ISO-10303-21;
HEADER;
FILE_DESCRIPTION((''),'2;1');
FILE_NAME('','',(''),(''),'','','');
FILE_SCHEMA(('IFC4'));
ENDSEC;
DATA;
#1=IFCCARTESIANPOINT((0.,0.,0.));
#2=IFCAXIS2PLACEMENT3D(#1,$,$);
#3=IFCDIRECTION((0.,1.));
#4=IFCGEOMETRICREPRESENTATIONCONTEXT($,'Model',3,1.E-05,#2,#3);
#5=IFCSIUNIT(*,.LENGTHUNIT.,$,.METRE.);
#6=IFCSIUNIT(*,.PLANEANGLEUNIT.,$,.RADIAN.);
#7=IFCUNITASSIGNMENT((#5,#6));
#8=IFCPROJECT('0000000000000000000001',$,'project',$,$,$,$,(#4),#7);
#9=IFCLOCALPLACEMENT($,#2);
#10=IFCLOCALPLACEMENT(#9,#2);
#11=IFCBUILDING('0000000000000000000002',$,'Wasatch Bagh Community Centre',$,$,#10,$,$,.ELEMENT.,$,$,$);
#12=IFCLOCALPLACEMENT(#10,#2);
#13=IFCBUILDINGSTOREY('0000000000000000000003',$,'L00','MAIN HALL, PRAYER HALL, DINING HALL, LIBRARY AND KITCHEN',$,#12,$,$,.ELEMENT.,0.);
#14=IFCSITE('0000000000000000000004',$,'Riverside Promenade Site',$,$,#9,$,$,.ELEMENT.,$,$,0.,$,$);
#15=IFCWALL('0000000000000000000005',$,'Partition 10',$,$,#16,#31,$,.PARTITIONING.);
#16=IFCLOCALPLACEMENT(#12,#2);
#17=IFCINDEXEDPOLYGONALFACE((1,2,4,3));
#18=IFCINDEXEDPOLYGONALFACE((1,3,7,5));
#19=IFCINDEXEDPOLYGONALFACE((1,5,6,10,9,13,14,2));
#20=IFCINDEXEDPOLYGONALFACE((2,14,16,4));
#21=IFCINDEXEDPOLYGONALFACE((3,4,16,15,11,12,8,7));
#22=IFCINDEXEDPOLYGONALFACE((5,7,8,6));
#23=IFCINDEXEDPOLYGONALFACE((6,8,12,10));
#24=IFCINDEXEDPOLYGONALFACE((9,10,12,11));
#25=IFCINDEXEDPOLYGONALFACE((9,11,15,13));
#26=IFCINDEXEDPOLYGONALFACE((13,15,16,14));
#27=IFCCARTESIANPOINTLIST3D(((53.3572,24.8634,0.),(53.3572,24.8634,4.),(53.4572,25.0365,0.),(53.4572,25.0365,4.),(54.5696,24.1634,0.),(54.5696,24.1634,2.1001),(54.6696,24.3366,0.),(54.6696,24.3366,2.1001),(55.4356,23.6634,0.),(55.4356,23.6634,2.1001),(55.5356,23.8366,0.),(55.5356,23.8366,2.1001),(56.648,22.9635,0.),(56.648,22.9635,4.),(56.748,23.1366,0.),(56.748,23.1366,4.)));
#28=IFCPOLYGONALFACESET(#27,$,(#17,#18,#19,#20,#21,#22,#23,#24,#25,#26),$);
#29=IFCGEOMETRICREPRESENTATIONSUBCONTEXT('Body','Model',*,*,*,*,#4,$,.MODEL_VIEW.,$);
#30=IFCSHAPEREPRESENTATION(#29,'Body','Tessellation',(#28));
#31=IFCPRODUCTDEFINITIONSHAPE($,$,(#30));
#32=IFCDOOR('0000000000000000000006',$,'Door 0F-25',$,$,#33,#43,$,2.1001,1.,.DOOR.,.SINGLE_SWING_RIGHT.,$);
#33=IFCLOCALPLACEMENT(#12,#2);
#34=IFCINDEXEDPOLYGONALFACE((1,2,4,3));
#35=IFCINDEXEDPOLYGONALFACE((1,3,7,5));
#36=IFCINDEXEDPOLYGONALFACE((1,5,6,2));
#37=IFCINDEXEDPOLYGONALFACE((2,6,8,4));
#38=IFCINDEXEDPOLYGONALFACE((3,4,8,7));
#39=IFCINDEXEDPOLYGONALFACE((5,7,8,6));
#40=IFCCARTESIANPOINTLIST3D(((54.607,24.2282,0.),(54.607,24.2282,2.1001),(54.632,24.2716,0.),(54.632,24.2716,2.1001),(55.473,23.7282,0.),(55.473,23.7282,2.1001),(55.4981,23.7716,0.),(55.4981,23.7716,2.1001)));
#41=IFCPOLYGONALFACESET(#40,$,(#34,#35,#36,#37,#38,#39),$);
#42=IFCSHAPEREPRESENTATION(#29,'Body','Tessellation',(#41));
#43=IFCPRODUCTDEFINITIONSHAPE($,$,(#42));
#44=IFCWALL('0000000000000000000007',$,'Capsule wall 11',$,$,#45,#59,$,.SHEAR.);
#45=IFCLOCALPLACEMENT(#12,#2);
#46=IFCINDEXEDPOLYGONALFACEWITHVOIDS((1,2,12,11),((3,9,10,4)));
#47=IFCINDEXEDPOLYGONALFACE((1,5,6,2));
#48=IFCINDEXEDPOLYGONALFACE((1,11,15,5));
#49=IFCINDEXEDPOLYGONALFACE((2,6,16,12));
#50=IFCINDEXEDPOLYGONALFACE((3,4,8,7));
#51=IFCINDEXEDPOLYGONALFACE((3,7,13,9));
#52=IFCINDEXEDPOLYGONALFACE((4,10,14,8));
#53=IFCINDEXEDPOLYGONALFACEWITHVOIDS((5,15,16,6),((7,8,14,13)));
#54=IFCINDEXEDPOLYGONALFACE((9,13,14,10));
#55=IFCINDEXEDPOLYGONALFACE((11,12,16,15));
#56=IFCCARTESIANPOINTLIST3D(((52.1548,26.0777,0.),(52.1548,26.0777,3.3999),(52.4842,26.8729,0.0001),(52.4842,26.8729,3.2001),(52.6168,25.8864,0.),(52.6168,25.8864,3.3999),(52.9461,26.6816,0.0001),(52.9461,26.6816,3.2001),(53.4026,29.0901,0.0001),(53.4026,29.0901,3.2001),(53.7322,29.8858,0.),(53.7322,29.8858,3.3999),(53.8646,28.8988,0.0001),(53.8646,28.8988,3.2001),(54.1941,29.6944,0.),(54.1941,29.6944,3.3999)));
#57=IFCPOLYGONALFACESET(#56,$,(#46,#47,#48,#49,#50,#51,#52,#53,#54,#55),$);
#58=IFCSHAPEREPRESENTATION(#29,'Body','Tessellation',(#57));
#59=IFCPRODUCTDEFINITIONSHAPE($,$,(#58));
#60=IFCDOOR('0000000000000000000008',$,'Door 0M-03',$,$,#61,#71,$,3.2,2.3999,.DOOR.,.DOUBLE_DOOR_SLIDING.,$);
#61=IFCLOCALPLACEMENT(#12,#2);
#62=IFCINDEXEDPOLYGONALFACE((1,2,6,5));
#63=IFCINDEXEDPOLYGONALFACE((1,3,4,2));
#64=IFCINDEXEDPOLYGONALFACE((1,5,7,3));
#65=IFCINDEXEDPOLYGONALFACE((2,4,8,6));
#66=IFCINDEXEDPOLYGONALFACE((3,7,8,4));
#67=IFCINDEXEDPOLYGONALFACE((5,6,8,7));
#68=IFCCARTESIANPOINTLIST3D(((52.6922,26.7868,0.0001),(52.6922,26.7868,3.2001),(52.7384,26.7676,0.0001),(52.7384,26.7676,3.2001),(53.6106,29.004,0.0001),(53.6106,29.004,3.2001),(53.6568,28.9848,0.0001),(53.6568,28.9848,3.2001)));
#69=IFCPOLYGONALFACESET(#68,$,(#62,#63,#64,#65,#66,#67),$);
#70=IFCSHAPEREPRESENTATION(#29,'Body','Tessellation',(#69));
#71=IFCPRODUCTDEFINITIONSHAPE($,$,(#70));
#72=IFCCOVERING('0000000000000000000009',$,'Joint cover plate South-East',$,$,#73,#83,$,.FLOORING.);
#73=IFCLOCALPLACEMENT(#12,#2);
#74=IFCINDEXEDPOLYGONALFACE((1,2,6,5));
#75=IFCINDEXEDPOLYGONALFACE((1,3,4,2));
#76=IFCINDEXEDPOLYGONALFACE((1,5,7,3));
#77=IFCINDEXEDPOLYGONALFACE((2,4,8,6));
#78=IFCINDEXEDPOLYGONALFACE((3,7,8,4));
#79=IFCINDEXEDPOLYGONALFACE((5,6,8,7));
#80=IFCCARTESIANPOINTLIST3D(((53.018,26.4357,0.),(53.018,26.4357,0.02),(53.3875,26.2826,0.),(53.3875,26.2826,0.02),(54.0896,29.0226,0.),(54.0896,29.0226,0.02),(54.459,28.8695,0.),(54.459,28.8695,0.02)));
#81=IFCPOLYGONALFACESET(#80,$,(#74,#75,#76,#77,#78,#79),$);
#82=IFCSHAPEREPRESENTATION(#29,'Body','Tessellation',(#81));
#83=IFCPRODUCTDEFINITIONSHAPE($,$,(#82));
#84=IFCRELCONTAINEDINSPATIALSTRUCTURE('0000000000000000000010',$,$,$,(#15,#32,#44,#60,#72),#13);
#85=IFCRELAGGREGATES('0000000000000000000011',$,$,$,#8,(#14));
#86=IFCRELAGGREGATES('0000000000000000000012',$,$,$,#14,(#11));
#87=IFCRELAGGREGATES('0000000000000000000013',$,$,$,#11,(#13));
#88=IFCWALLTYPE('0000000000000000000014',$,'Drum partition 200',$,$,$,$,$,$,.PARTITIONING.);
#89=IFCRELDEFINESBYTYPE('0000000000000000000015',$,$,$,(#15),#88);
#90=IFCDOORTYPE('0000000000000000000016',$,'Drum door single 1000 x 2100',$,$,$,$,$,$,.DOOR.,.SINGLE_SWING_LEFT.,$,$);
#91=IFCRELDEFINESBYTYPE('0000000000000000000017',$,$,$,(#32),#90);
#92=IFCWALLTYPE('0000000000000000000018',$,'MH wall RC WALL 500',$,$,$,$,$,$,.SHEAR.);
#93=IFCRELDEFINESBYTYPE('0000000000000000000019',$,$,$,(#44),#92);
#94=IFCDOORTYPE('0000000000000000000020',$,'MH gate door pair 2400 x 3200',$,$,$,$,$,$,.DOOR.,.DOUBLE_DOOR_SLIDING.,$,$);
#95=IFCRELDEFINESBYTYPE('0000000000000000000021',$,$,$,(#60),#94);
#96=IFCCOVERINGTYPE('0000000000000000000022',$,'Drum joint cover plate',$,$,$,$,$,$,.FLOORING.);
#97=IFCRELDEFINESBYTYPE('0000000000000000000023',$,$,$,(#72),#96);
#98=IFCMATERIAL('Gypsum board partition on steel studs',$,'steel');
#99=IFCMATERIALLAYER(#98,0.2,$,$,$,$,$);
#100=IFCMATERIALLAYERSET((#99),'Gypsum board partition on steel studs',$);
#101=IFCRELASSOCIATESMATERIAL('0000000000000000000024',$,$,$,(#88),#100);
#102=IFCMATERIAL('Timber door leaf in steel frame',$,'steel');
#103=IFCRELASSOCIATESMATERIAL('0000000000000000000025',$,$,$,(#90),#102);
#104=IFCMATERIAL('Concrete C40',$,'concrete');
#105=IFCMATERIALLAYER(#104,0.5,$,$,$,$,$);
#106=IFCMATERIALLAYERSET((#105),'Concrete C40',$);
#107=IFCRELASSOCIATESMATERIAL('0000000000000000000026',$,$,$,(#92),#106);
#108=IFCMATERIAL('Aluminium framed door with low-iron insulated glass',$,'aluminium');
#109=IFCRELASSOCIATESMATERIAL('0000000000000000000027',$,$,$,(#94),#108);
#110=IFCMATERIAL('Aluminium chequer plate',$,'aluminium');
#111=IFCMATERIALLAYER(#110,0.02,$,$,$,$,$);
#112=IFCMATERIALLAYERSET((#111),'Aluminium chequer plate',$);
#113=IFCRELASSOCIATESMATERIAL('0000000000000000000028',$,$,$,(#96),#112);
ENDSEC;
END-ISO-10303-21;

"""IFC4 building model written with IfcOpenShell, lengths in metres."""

from ifc_helpers import new_model, si_unit, direction, frame, frame_2d, origin, origin_2d, place, context, subcontext, project, spatial, rectangle, extrude, material, layer, layer_set, type_object, element, fill, save


model = new_model("IFC4")

# Units and contexts
model_context = context("Model", 3, precision=1e-05, world=origin(), true_north=direction((0.0, 1.0)))
body_context = subcontext(model_context, "Body", "Model", "MODEL_VIEW")
ifc_project = project(units=[si_unit("LENGTHUNIT", "METRE"), si_unit("PLANEANGLEUNIT", "RADIAN")], contexts=[model_context])

# Site, building, storey
site_placement = place(None, origin())
site = spatial("IfcSite", under=ifc_project, at=site_placement, Name="Riverside Promenade Site", CompositionType="ELEMENT", RefElevation=0.0)
building_placement = place(site_placement, origin())
building = spatial("IfcBuilding", under=site, at=building_placement, Name="Wasatch Bagh Community Centre", CompositionType="ELEMENT")
storey_placement = place(building_placement, origin())
storey = spatial("IfcBuildingStorey", under=building, at=storey_placement, Name="L00", Description="MAIN HALL, PRAYER HALL, DINING HALL, LIBRARY AND KITCHEN", CompositionType="ELEMENT", Elevation=0.0)

# Shared definitions
ifc_material_1 = material(Name="Concrete C40", Category="concrete")

# Walls, openings, doors
ifc_material_2 = material(Name="Aluminium framed door with low-iron insulated glass", Category="aluminium")
ifc_material_3 = material(Name="Gypsum board partition on steel studs", Category="steel")
ifc_layer_1 = layer(ifc_material_3, 0.2)
ifc_layer_set_1 = layer_set([ifc_layer_1], Name="Gypsum board partition on steel studs")
wall_type_1 = type_object("IfcWallType", Name="Drum partition 200", PredefinedType="PARTITIONING", material=ifc_layer_set_1)
wall_1_placement = place(storey_placement, frame((53.4072, 24.95, 0.0), z_axis=(0.0, 0.0, 1.0), x_axis=(0.866028, -0.499995, 0.0)))
wall_1 = element("IfcWall", 1, at=wall_1_placement, inside=storey, type_object=wall_type_1, Name="Partition 10", PredefinedType="PARTITIONING", context=body_context, shape_type="SweptSolid", body=[
    extrude(rectangle(XDim=3.7998, YDim=0.2, at=frame_2d((1.8999, 0.0))), origin(), (0.0, 0.0, 1.0), 4.0),
])
opening_1_placement = place(wall_1_placement, frame((1.3999, 0.0, 0.0)))
opening_1 = element("IfcOpeningElement", 2, at=opening_1_placement, cuts=wall_1, PredefinedType="OPENING", context=body_context, shape_type="SweptSolid", body=[
    extrude(rectangle(XDim=1.0, YDim=2.1001, at=frame_2d((0.5, 1.05))), frame((0.0, 0.1099, 0.0), z_axis=(0.0, -1.0, 0.0), x_axis=(1.0, 0.0, 0.0)), (0.0, 0.0, 1.0), 0.22),
])
ifc_material_4 = material(Name="Timber door leaf in steel frame", Category="steel")
door_type_1 = type_object("IfcDoorType", Name="Drum door single 1000 x 2100", OperationType="SINGLE_SWING_LEFT", PredefinedType="DOOR", material=ifc_material_4)
door_1_placement = place(opening_1_placement, origin())
door_1 = element("IfcDoor", 3, at=door_1_placement, inside=storey, type_object=door_type_1, Name="Door 0F-25", OperationType="SINGLE_SWING_RIGHT", OverallHeight=2.1001, OverallWidth=1.0, PredefinedType="DOOR", context=body_context, shape_type="SweptSolid", body=[
    extrude(rectangle(XDim=1.0, YDim=2.1001, at=frame_2d((0.5, 1.05))), frame((0.0, 0.0249, 0.0), z_axis=(0.0, -1.0, 0.0), x_axis=(1.0, 0.0, 0.0)), (0.0, 0.0, 1.0), 0.05),
])
fill(opening_1, door_1)
ifc_layer_2 = layer(ifc_material_1, 0.5)
ifc_layer_set_2 = layer_set([ifc_layer_2], Name="Concrete C40")
wall_type_2 = type_object("IfcWallType", Name="MH wall RC WALL 500", PredefinedType="SHEAR", material=ifc_layer_set_2)
wall_2_placement = place(storey_placement, frame((52.3857, 25.9819, 0.0), z_axis=(0.0, 0.0, 1.0), x_axis=(0.382688, 0.923878, 0.0)))
wall_2 = element("IfcWall", 4, at=wall_2_placement, inside=storey, type_object=wall_type_2, Name="Capsule wall 11", PredefinedType="SHEAR", context=body_context, shape_type="SweptSolid", body=[
    extrude(rectangle(XDim=4.1218, YDim=0.5, at=frame_2d((2.061, 0.0))), origin(), (0.0, 0.0, 1.0), 3.3999),
])
opening_2_placement = place(wall_2_placement, frame((0.8608, 0.0, 0.0)))
opening_2 = element("IfcOpeningElement", 5, at=opening_2_placement, cuts=wall_2, PredefinedType="OPENING", context=body_context, shape_type="SweptSolid", body=[
    extrude(rectangle(XDim=2.3999, YDim=3.2, at=frame_2d((1.2, 1.6001))), frame((0.0, 0.26, 0.0), z_axis=(0.0, -1.0, 0.0), x_axis=(1.0, 0.0, 0.0)), (0.0, 0.0, 1.0), 0.52),
])
door_type_2 = type_object("IfcDoorType", Name="MH gate door pair 2400 x 3200", OperationType="DOUBLE_DOOR_SLIDING", PredefinedType="DOOR", material=ifc_material_2)
door_2_placement = place(opening_2_placement, origin())
door_2 = element("IfcDoor", 6, at=door_2_placement, inside=storey, type_object=door_type_2, Name="Door 0M-03", OperationType="DOUBLE_DOOR_SLIDING", OverallHeight=3.2, OverallWidth=2.3999, PredefinedType="DOOR", context=body_context, shape_type="SweptSolid", body=[
    extrude(rectangle(XDim=2.3999, YDim=3.2, at=frame_2d((1.2, 1.6001))), frame((0.0, 0.0249, 0.0), z_axis=(0.0, -1.0, 0.0), x_axis=(1.0, 0.0, 0.0)), (0.0, 0.0, 1.0), 0.05),
])
fill(opening_2, door_2)

# Covering
ifc_material_5 = material(Name="Aluminium chequer plate", Category="aluminium")
ifc_layer_3 = layer(ifc_material_5, 0.02)
ifc_layer_set_3 = layer_set([ifc_layer_3], Name="Aluminium chequer plate")
covering_type = type_object("IfcCoveringType", Name="Drum joint cover plate", PredefinedType="FLOORING", material=ifc_layer_set_3)
covering_placement = place(storey_placement, frame((53.7385, 27.6526, 0.0), z_axis=(0.0, 0.0, 1.0), x_axis=(0.92388, -0.382683, 0.0)))
element("IfcCovering", 7, at=covering_placement, inside=storey, type_object=covering_type, Name="Joint cover plate South-East", PredefinedType="FLOORING", context=body_context, shape_type="SweptSolid", body=[
    extrude(rectangle(XDim=0.3999, YDim=2.8, at=origin_2d()), origin(), (0.0, 0.0, 1.0), 0.02),
])

save(model, "model.ifc")
